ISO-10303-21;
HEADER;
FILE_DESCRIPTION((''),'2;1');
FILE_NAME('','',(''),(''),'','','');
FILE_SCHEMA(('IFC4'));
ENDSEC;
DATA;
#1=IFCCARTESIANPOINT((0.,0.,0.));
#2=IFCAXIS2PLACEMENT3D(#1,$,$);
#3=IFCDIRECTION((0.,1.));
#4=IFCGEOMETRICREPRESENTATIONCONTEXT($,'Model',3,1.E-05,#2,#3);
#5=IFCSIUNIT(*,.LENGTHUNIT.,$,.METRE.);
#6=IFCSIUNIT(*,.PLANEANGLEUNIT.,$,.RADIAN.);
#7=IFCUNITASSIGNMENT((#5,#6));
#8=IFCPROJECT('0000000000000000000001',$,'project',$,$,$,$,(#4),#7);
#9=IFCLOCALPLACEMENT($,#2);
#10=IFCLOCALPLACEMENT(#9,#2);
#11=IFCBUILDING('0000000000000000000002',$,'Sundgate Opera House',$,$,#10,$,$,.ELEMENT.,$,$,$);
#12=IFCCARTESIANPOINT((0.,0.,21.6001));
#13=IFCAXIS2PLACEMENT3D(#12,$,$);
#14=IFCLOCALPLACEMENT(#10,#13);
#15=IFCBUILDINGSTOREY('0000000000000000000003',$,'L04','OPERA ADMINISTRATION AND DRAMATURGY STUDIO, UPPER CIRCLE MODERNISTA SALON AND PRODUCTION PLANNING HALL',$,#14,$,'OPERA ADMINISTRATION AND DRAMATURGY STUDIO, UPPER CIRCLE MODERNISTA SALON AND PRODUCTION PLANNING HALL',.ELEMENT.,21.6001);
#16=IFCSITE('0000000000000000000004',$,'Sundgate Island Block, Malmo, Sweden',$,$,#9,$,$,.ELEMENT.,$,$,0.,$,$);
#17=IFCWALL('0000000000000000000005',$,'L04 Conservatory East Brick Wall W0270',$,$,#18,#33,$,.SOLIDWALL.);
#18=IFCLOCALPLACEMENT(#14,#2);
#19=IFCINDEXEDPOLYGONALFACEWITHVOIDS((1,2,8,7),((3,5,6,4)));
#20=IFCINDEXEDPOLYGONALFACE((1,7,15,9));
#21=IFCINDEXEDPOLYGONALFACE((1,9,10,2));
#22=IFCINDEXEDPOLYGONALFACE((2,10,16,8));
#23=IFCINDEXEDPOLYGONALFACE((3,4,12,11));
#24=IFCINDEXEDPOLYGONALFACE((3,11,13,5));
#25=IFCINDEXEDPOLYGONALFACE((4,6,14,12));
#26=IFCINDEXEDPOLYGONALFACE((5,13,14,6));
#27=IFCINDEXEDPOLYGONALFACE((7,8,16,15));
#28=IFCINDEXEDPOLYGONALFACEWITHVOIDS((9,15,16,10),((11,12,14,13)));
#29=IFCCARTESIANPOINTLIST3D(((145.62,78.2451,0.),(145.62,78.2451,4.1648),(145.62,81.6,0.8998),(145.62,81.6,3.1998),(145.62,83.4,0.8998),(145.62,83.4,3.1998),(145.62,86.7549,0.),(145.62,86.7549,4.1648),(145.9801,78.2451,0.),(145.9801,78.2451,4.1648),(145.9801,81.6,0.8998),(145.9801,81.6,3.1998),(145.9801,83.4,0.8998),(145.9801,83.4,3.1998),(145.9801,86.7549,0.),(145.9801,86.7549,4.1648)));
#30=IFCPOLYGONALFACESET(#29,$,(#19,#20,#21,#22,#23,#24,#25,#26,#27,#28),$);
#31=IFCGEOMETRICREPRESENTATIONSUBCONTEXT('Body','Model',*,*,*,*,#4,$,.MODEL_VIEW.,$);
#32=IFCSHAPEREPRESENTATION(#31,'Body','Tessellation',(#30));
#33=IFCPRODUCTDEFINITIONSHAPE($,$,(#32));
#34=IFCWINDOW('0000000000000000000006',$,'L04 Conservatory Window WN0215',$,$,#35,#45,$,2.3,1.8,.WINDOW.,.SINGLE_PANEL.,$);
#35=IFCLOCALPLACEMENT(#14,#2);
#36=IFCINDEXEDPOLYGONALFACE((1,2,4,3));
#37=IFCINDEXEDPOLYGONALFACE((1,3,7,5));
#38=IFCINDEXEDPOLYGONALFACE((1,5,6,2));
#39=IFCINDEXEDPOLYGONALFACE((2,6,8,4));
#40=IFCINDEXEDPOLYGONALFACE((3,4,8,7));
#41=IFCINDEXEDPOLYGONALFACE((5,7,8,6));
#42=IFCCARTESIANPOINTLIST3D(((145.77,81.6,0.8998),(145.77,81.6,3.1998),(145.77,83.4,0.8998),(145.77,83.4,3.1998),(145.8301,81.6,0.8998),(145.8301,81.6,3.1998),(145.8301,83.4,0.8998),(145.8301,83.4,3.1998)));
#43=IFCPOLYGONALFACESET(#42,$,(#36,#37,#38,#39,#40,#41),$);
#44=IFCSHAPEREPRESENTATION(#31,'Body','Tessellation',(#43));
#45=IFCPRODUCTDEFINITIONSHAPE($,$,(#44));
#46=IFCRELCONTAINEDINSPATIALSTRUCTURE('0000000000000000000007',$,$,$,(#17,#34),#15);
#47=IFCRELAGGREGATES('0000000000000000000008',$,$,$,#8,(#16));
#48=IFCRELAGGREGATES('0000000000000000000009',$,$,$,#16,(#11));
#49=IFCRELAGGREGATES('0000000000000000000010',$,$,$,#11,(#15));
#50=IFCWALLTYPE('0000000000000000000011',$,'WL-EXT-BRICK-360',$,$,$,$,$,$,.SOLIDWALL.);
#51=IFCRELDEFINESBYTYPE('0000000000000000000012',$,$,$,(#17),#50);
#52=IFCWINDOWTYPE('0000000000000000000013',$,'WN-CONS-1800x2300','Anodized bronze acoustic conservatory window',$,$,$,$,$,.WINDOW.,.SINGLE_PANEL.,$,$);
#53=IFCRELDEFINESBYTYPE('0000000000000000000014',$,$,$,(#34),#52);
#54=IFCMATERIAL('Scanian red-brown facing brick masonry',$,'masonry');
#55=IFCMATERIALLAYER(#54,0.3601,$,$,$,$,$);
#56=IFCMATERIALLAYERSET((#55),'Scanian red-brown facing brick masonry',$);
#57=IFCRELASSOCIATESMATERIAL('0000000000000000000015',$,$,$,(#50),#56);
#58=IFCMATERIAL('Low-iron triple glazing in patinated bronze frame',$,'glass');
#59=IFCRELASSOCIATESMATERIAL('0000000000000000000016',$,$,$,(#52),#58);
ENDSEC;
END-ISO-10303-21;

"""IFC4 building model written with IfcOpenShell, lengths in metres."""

from ifc_helpers import new_model, si_unit, direction, frame, frame_2d, origin, place, context, subcontext, project, spatial, rectangle, extrude, material, layer, layer_set, type_object, element, fill, save


model = new_model("IFC4")

# Units and contexts
model_context = context("Model", 3, precision=1e-05, world=origin(), true_north=direction((0.0, 1.0)))
body_context = subcontext(model_context, "Body", "Model", "MODEL_VIEW")
ifc_project = project(units=[si_unit("LENGTHUNIT", "METRE"), si_unit("PLANEANGLEUNIT", "RADIAN")], contexts=[model_context])

# Site, building, storey
site_placement = place(None, origin())
site = spatial("IfcSite", under=ifc_project, at=site_placement, Name="Sundgate Island Block, Malmo, Sweden", CompositionType="ELEMENT", RefElevation=0.0)
building_placement = place(site_placement, origin())
building = spatial("IfcBuilding", under=site, at=building_placement, Name="Sundgate Opera House", CompositionType="ELEMENT")
storey_placement = place(building_placement, frame((0.0, 0.0, 21.6001)))
storey = spatial("IfcBuildingStorey", under=building, at=storey_placement, Name="L04", Description="OPERA ADMINISTRATION AND DRAMATURGY STUDIO, UPPER CIRCLE MODERNISTA SALON AND PRODUCTION PLANNING HALL", LongName="OPERA ADMINISTRATION AND DRAMATURGY STUDIO, UPPER CIRCLE MODERNISTA SALON AND PRODUCTION PLANNING HALL", CompositionType="ELEMENT", Elevation=21.6001)

# Wall, opening, window
ifc_material_1 = material(Name="Scanian red-brown facing brick masonry", Category="masonry")
ifc_layer = layer(ifc_material_1, 0.3601)
ifc_layer_set = layer_set([ifc_layer], Name="Scanian red-brown facing brick masonry")
wall_type = type_object("IfcWallType", Name="WL-EXT-BRICK-360", PredefinedType="SOLIDWALL", material=ifc_layer_set)
wall_1_placement = place(storey_placement, frame((145.8, 86.7549, 0.0), z_axis=(0.0, 0.0, 1.0), x_axis=(0.0, -1.0, 0.0)))
wall_1 = element("IfcWall", 1, at=wall_1_placement, inside=storey, type_object=wall_type, Name="L04 Conservatory East Brick Wall W0270", PredefinedType="SOLIDWALL", context=body_context, shape_type="SweptSolid", body=[
    extrude(rectangle(XDim=8.5098, YDim=0.3601, at=frame_2d((4.2549, 0.0))), origin(), (0.0, 0.0, 1.0), 4.1648),
])
opening_1_placement = place(wall_1_placement, frame((3.355, 0.0, 0.8999)))
opening_1 = element("IfcOpeningElement", 2, at=opening_1_placement, cuts=wall_1, PredefinedType="OPENING", context=body_context, shape_type="SweptSolid", body=[
    extrude(rectangle(XDim=1.8, YDim=2.3, at=frame_2d((0.8999, 1.1499))), frame((0.0, 0.1899, 0.0), z_axis=(0.0, -1.0, 0.0), x_axis=(1.0, 0.0, 0.0)), (0.0, 0.0, 1.0), 0.3801),
])
ifc_material_2 = material(Name="Low-iron triple glazing in patinated bronze frame", Category="glass")
window_type_1 = type_object("IfcWindowType", Name="WN-CONS-1800x2300", Description="Anodized bronze acoustic conservatory window", PartitioningType="SINGLE_PANEL", PredefinedType="WINDOW", material=ifc_material_2)
window_1_placement = place(opening_1_placement, origin())
window_1 = element("IfcWindow", 3, at=window_1_placement, inside=storey, type_object=window_type_1, Name="L04 Conservatory Window WN0215", OverallHeight=2.3, OverallWidth=1.8, PartitioningType="SINGLE_PANEL", PredefinedType="WINDOW", context=body_context, shape_type="SweptSolid", body=[
    extrude(rectangle(XDim=1.8, YDim=2.3, at=frame_2d((0.8999, 1.1499))), frame((0.0, 0.03, 0.0), z_axis=(0.0, -1.0, 0.0), x_axis=(1.0, 0.0, 0.0)), (0.0, 0.0, 1.0), 0.0601),
])
fill(opening_1, window_1)

save(model, "model.ifc")
